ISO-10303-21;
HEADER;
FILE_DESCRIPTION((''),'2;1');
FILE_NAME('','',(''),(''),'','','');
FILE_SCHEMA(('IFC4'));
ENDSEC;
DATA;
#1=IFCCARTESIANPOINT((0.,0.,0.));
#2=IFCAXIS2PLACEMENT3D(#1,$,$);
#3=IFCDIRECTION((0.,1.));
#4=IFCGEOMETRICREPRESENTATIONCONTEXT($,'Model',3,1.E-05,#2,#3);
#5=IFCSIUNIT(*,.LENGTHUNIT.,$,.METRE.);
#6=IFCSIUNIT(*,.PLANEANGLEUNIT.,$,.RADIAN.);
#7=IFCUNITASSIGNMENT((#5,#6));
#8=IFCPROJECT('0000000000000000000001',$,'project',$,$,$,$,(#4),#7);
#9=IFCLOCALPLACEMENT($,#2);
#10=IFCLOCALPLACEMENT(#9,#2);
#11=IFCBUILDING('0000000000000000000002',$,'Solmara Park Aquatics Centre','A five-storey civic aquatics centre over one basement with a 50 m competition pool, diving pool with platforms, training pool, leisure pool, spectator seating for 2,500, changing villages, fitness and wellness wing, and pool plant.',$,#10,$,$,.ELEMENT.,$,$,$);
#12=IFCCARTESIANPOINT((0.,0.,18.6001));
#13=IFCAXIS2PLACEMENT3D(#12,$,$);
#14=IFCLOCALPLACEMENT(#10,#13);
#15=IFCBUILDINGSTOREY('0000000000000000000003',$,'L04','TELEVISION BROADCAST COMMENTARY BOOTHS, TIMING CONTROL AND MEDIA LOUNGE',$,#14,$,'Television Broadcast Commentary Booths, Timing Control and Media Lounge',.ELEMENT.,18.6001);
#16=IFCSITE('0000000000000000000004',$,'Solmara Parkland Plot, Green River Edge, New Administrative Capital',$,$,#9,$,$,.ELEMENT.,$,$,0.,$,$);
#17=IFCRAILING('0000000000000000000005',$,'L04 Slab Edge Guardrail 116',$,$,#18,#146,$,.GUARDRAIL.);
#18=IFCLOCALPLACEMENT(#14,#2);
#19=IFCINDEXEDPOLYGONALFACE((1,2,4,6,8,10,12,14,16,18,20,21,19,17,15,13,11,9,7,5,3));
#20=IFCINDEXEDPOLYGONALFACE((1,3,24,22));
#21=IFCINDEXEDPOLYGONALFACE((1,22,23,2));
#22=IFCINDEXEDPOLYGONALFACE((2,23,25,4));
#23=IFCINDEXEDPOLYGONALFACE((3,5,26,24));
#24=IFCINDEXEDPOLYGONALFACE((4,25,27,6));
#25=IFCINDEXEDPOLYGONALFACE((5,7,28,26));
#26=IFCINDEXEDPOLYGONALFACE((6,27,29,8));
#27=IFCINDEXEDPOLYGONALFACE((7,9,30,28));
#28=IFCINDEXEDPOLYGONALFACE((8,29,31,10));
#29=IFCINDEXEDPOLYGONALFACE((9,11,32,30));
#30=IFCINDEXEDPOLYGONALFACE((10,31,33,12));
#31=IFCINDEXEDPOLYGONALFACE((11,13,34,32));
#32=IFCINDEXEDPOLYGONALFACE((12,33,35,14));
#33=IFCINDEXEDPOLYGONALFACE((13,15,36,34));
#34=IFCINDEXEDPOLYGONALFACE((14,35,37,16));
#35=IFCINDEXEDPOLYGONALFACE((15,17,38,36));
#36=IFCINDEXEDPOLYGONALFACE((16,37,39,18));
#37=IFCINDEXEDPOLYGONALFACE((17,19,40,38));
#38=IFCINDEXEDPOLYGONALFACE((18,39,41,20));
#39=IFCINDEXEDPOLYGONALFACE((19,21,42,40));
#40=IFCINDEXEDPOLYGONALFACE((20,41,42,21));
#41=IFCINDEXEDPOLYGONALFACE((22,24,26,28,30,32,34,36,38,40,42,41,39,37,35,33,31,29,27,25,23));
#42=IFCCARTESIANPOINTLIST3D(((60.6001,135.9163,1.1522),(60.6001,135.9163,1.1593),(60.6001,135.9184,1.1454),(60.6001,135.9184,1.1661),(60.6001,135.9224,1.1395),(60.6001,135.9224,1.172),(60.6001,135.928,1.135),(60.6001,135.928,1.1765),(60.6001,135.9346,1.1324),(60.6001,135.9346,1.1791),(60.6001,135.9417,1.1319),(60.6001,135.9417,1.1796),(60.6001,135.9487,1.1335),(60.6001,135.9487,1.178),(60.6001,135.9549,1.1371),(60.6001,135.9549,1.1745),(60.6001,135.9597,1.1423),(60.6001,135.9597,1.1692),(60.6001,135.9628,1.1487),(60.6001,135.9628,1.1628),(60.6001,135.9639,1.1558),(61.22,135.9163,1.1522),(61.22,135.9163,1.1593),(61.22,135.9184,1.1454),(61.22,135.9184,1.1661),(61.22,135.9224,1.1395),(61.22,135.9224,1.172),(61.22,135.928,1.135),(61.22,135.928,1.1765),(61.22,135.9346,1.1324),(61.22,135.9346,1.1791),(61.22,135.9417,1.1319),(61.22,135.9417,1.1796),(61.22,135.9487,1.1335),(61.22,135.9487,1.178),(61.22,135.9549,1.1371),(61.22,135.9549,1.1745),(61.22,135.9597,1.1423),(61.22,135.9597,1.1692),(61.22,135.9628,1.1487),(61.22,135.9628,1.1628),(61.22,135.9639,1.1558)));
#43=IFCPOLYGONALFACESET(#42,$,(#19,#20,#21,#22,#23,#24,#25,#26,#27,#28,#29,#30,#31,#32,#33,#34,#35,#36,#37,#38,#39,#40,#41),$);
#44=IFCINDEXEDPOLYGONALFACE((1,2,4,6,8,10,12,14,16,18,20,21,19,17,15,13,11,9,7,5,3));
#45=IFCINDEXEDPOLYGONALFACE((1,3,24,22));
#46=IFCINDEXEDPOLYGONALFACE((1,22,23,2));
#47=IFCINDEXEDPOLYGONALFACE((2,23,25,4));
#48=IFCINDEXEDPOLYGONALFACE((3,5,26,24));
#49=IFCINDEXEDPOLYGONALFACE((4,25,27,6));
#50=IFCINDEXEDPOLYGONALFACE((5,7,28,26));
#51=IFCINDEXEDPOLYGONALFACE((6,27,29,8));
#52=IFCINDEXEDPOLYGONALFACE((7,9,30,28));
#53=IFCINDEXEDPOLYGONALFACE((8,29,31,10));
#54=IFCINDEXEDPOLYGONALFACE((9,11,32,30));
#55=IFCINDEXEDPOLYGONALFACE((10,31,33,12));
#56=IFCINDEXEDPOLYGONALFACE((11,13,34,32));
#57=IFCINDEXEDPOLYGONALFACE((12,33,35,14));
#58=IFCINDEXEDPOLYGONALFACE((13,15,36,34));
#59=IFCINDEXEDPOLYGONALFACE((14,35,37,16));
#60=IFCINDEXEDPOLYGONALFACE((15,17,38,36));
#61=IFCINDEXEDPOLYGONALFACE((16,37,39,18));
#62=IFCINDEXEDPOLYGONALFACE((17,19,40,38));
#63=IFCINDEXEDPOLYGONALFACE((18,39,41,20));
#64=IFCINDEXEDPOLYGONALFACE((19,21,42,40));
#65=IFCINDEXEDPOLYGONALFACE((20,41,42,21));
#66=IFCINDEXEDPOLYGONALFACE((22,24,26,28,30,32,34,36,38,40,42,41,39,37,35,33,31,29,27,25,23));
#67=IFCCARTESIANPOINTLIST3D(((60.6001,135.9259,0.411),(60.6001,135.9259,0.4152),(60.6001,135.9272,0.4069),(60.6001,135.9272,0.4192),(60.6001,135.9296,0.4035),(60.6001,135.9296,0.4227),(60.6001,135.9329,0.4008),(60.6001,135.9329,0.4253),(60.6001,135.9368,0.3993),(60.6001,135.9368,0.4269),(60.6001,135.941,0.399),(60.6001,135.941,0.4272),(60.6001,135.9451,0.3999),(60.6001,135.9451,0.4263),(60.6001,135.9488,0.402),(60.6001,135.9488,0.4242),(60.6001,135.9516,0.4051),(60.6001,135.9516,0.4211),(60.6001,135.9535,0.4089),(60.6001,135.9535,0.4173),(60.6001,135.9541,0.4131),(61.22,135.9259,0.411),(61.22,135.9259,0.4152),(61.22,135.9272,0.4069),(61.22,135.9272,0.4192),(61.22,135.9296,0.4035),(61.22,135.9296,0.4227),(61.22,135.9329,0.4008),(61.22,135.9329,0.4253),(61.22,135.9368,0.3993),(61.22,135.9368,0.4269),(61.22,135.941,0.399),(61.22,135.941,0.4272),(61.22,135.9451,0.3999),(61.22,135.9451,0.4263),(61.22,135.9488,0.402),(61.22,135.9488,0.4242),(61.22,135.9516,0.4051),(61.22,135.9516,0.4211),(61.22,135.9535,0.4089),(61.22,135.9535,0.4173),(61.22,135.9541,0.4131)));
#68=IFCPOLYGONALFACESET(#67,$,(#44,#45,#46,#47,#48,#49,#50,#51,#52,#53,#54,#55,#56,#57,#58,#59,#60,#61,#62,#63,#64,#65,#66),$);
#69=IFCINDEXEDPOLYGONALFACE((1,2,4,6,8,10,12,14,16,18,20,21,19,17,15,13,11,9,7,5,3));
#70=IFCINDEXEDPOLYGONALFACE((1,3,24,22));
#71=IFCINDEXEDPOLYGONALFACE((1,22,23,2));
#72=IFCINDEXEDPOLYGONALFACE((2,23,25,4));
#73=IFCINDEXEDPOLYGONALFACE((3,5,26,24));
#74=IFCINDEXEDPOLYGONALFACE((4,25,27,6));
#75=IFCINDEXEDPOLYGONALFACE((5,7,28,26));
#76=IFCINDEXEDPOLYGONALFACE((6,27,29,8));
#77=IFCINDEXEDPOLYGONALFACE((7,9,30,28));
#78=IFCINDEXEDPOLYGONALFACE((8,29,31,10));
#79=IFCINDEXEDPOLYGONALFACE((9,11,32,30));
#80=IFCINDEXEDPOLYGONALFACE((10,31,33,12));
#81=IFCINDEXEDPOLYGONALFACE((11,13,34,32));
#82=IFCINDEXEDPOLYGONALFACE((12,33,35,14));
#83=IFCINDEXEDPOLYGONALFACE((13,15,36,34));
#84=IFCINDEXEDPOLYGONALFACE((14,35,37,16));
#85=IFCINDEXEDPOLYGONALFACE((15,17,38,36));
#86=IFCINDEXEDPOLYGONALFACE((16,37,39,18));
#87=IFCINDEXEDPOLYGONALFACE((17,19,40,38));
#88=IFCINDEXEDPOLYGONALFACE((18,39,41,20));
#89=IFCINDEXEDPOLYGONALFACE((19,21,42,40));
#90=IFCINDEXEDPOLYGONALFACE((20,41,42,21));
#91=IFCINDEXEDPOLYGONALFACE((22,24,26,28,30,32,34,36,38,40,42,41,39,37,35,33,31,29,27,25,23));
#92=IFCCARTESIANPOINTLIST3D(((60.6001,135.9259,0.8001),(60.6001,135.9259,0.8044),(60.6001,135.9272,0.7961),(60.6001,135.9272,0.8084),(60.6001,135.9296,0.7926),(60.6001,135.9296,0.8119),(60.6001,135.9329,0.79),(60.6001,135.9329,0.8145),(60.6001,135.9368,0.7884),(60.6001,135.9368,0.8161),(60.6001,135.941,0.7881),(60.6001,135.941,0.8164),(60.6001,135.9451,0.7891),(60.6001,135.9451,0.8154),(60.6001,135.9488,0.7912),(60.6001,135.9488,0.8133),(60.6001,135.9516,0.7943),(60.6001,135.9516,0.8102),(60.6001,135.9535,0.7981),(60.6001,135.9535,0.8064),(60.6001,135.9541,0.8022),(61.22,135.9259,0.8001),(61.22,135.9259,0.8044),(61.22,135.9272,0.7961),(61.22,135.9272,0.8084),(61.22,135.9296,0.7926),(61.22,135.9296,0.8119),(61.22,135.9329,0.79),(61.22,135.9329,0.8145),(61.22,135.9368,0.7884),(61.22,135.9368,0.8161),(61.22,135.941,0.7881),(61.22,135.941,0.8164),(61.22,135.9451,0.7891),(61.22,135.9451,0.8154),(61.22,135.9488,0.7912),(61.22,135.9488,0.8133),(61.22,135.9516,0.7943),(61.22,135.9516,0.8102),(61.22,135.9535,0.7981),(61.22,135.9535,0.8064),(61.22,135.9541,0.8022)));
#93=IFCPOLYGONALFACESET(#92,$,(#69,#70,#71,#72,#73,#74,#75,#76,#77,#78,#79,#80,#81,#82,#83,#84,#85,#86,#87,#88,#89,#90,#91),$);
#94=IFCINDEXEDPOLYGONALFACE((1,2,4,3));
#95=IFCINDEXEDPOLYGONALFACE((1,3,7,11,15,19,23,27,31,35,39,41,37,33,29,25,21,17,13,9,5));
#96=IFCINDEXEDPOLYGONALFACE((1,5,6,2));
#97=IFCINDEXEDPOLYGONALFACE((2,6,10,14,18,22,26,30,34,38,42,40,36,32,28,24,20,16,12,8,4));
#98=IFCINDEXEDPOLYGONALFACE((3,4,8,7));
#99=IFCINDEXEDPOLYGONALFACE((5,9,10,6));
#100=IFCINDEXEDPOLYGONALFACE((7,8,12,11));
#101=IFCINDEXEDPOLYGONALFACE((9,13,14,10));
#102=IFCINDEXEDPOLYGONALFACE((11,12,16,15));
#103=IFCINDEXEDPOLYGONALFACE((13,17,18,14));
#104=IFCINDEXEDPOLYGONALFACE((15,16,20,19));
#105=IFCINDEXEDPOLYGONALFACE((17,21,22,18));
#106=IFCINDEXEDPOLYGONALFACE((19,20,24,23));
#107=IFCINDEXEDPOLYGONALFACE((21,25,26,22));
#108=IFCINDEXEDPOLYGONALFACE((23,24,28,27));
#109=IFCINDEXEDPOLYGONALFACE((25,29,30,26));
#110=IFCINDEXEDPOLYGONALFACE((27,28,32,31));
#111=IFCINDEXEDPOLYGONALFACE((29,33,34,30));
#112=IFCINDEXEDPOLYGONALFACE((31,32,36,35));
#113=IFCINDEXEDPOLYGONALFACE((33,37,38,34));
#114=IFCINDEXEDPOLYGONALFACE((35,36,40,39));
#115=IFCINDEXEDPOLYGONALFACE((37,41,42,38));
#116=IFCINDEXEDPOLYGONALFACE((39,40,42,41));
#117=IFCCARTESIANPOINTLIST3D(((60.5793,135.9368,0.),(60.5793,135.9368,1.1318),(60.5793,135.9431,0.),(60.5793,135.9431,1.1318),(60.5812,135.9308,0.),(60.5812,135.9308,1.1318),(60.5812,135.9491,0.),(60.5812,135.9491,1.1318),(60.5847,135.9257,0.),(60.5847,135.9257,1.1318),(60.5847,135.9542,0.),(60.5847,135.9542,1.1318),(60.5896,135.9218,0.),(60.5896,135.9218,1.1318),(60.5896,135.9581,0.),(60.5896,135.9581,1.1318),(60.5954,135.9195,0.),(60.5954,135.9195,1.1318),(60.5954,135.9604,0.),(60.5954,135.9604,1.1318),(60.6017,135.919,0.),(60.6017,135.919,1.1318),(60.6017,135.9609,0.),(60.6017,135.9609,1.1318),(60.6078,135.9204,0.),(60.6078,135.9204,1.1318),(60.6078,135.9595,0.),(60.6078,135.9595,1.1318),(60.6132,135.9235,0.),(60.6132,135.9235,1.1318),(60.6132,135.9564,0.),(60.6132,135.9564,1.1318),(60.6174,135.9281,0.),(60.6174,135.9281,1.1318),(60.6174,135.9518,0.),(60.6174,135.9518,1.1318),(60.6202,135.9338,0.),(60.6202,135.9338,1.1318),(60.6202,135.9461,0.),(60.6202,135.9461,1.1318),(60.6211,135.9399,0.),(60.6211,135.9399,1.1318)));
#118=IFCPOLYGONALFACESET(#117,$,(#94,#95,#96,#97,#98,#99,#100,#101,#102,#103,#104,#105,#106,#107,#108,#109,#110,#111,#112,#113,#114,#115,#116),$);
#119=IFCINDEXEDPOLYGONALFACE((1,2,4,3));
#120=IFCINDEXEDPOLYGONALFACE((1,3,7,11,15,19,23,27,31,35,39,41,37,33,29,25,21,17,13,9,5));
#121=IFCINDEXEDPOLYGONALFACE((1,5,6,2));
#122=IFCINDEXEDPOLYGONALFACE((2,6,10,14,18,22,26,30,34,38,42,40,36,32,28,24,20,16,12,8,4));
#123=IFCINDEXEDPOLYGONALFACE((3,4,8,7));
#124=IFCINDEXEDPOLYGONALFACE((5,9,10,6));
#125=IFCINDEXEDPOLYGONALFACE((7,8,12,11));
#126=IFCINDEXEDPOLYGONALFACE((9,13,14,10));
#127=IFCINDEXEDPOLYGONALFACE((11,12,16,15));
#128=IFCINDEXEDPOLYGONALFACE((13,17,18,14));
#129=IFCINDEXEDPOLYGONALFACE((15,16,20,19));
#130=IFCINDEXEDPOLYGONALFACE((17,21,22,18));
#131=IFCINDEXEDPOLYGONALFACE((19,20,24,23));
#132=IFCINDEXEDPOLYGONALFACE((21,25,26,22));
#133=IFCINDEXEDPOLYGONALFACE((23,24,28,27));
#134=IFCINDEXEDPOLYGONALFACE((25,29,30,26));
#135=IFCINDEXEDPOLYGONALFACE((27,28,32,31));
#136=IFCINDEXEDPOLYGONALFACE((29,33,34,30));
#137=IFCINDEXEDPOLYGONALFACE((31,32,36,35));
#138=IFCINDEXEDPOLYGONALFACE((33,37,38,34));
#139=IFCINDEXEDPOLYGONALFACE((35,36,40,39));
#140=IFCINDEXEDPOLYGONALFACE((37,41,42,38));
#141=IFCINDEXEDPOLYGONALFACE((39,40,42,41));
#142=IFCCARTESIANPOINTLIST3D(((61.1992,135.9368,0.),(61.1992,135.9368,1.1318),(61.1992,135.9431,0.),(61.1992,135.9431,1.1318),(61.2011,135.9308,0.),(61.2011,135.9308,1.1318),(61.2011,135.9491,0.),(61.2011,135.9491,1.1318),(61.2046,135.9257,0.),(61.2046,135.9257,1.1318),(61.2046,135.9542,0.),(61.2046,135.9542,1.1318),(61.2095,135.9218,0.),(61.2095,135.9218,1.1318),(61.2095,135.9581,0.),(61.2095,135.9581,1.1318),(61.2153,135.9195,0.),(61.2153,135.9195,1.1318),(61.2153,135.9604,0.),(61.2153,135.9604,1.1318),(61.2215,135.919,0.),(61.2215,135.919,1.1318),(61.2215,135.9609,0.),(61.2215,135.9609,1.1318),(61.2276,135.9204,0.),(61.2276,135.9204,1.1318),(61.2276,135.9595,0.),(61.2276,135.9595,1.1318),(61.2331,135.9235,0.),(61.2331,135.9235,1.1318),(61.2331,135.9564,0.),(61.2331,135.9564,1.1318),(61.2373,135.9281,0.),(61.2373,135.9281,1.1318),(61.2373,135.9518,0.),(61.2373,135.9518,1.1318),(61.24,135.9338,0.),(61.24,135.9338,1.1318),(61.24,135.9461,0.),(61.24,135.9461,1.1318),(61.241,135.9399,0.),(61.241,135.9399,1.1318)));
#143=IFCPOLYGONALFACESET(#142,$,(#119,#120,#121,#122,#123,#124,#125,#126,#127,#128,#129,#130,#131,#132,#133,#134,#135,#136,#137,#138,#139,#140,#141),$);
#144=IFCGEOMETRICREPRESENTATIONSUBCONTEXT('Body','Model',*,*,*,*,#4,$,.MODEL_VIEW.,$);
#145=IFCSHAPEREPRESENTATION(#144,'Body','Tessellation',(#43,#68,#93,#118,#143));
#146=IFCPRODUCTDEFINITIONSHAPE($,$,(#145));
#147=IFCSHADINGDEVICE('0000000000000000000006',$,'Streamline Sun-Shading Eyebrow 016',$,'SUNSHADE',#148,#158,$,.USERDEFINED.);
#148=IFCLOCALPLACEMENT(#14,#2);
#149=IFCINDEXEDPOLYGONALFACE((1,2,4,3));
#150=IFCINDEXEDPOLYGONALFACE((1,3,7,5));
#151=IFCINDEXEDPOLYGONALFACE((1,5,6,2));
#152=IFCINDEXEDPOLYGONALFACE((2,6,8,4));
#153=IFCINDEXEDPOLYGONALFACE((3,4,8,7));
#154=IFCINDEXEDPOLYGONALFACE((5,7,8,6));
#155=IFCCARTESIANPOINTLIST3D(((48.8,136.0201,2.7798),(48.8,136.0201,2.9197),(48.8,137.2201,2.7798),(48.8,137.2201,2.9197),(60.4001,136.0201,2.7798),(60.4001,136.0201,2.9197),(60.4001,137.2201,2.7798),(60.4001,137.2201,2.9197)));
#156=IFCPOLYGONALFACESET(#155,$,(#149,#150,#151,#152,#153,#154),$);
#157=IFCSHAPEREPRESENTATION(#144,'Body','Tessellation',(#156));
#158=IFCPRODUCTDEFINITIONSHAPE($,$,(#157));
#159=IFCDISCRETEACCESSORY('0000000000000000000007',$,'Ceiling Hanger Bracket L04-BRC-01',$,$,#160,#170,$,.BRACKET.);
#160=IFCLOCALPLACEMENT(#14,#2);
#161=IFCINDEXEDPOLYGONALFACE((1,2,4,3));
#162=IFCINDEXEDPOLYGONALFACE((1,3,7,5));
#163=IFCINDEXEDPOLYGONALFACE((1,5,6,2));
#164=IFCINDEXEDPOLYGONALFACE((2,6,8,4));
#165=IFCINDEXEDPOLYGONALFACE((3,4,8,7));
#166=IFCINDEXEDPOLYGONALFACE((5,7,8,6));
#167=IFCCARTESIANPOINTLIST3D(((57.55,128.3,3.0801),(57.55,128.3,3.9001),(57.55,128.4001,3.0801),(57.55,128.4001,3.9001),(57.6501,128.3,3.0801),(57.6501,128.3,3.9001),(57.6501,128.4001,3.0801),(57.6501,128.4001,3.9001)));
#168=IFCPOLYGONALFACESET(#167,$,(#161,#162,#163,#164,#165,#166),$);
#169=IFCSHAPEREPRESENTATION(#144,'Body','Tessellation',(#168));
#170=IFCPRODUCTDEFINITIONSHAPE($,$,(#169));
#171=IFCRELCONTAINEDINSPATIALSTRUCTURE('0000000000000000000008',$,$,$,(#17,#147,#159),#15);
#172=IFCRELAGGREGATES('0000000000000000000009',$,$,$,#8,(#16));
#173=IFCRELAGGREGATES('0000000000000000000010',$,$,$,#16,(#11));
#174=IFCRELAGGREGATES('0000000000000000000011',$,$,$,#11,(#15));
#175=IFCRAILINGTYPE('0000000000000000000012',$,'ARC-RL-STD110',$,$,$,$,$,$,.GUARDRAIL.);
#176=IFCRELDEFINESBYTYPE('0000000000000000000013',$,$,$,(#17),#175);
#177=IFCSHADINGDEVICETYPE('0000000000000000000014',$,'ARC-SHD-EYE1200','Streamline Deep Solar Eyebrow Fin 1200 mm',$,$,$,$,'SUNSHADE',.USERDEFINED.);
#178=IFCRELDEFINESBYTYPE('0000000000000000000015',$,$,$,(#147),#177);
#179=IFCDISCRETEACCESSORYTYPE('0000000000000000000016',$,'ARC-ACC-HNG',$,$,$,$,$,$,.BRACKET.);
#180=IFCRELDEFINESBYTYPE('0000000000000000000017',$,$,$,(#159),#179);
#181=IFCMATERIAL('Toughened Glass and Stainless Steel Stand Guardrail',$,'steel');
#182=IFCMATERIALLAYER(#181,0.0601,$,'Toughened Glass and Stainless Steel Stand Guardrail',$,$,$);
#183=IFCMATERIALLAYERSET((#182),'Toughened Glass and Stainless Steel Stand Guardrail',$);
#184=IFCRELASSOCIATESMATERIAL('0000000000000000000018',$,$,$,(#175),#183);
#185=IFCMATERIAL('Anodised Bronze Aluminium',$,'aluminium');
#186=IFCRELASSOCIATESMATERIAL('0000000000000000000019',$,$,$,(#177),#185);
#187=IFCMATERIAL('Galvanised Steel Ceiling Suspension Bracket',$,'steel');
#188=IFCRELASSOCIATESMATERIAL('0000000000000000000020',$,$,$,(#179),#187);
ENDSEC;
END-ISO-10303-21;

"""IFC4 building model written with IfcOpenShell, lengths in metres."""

from ifc_helpers import new_model, si_unit, direction, frame, origin, origin_2d, place, context, subcontext, project, spatial, rectangle, circle, extrude, material, layer, layer_set, type_object, element, save


model = new_model("IFC4")

# Units and contexts
model_context = context("Model", 3, precision=1e-05, world=origin(), true_north=direction((0.0, 1.0)))
body_context = subcontext(model_context, "Body", "Model", "MODEL_VIEW")
ifc_project = project(units=[si_unit("LENGTHUNIT", "METRE"), si_unit("PLANEANGLEUNIT", "RADIAN")], contexts=[model_context])

# Site, building, storey
site_placement = place(None, origin())
site = spatial("IfcSite", under=ifc_project, at=site_placement, Name="Solmara Parkland Plot, Green River Edge, New Administrative Capital", CompositionType="ELEMENT", RefElevation=0.0)
building_placement = place(site_placement, origin())
building = spatial("IfcBuilding", under=site, at=building_placement, Name="Solmara Park Aquatics Centre", Description="A five-storey civic aquatics centre over one basement with a 50 m competition pool, diving pool with platforms, training pool, leisure pool, spectator seating for 2,500, changing villages, fitness and wellness wing, and pool plant.", CompositionType="ELEMENT")
storey_placement = place(building_placement, frame((0.0, 0.0, 18.6001)))
storey = spatial("IfcBuildingStorey", under=building, at=storey_placement, Name="L04", Description="TELEVISION BROADCAST COMMENTARY BOOTHS, TIMING CONTROL AND MEDIA LOUNGE", LongName="Television Broadcast Commentary Booths, Timing Control and Media Lounge", CompositionType="ELEMENT", Elevation=18.6001)

# Railing
ifc_material_1 = material(Name="Toughened Glass and Stainless Steel Stand Guardrail", Category="steel")
ifc_layer_1 = layer(ifc_material_1, 0.0601, Name="Toughened Glass and Stainless Steel Stand Guardrail")
ifc_layer_set_1 = layer_set([ifc_layer_1], Name="Toughened Glass and Stainless Steel Stand Guardrail")
railing_type_1 = type_object("IfcRailingType", Name="ARC-RL-STD110", PredefinedType="GUARDRAIL", material=ifc_layer_set_1)
railing_1_placement = place(storey_placement, frame((60.6001, 135.9399, 0.0)))
element("IfcRailing", 1, at=railing_1_placement, inside=storey, type_object=railing_type_1, Name="L04 Slab Edge Guardrail 116", PredefinedType="GUARDRAIL", context=body_context, shape_type="SweptSolid", body=[
    extrude(circle(Radius=0.0239, at=origin_2d()), frame((0.0, 0.0, 1.1558), z_axis=(1.0, 0.0, 0.0), x_axis=(0.0, 1.0, 0.0)), (0.0, 0.0, 1.0), 0.6199),
    extrude(circle(Radius=0.0142, at=origin_2d()), frame((0.0, 0.0, 0.4131), z_axis=(1.0, 0.0, 0.0), x_axis=(0.0, 1.0, 0.0)), (0.0, 0.0, 1.0), 0.6199),
    extrude(circle(Radius=0.0142, at=origin_2d()), frame((0.0, 0.0, 0.8022), z_axis=(1.0, 0.0, 0.0), x_axis=(0.0, 1.0, 0.0)), (0.0, 0.0, 1.0), 0.6199),
    extrude(circle(Radius=0.021, at=origin_2d()), origin(), (0.0, 0.0, 1.0), 1.1318),
    extrude(circle(Radius=0.021, at=origin_2d()), frame((0.6199, 0.0, 0.0)), (0.0, 0.0, 1.0), 1.1318),
])

# Shading device
ifc_material_2 = material(Name="Anodised Bronze Aluminium", Category="aluminium")
shading_device_type = type_object("IfcShadingDeviceType", Name="ARC-SHD-EYE1200", Description="Streamline Deep Solar Eyebrow Fin 1200 mm", ElementType="SUNSHADE", PredefinedType="USERDEFINED", material=ifc_material_2)
shading_device_placement = place(storey_placement, frame((54.6001, 136.6201, 2.7798), z_axis=(0.0, 0.0, 1.0), x_axis=(1.0, 0.0, 0.0)))
element("IfcShadingDevice", 2, at=shading_device_placement, inside=storey, type_object=shading_device_type, Name="Streamline Sun-Shading Eyebrow 016", ObjectType="SUNSHADE", PredefinedType="USERDEFINED", context=body_context, shape_type="SweptSolid", body=[
    extrude(rectangle(XDim=11.6001, YDim=1.2, at=origin_2d()), origin(), (0.0, 0.0, 1.0), 0.1399),
])

# Discrete accessory
ifc_material_3 = material(Name="Galvanised Steel Ceiling Suspension Bracket", Category="steel")
discrete_accessory_type = type_object("IfcDiscreteAccessoryType", Name="ARC-ACC-HNG", PredefinedType="BRACKET", material=ifc_material_3)
discrete_accessory_placement = place(storey_placement, frame((57.6001, 128.3501, 3.0801), z_axis=(0.0, 0.0, 1.0), x_axis=(1.0, 0.0, 0.0)))
element("IfcDiscreteAccessory", 3, at=discrete_accessory_placement, inside=storey, type_object=discrete_accessory_type, Name="Ceiling Hanger Bracket L04-BRC-01", PredefinedType="BRACKET", context=body_context, shape_type="SweptSolid", body=[
    extrude(rectangle(XDim=0.1001, YDim=0.1001, at=origin_2d()), origin(), (0.0, 0.0, 1.0), 0.8201),
])

save(model, "model.ifc")
